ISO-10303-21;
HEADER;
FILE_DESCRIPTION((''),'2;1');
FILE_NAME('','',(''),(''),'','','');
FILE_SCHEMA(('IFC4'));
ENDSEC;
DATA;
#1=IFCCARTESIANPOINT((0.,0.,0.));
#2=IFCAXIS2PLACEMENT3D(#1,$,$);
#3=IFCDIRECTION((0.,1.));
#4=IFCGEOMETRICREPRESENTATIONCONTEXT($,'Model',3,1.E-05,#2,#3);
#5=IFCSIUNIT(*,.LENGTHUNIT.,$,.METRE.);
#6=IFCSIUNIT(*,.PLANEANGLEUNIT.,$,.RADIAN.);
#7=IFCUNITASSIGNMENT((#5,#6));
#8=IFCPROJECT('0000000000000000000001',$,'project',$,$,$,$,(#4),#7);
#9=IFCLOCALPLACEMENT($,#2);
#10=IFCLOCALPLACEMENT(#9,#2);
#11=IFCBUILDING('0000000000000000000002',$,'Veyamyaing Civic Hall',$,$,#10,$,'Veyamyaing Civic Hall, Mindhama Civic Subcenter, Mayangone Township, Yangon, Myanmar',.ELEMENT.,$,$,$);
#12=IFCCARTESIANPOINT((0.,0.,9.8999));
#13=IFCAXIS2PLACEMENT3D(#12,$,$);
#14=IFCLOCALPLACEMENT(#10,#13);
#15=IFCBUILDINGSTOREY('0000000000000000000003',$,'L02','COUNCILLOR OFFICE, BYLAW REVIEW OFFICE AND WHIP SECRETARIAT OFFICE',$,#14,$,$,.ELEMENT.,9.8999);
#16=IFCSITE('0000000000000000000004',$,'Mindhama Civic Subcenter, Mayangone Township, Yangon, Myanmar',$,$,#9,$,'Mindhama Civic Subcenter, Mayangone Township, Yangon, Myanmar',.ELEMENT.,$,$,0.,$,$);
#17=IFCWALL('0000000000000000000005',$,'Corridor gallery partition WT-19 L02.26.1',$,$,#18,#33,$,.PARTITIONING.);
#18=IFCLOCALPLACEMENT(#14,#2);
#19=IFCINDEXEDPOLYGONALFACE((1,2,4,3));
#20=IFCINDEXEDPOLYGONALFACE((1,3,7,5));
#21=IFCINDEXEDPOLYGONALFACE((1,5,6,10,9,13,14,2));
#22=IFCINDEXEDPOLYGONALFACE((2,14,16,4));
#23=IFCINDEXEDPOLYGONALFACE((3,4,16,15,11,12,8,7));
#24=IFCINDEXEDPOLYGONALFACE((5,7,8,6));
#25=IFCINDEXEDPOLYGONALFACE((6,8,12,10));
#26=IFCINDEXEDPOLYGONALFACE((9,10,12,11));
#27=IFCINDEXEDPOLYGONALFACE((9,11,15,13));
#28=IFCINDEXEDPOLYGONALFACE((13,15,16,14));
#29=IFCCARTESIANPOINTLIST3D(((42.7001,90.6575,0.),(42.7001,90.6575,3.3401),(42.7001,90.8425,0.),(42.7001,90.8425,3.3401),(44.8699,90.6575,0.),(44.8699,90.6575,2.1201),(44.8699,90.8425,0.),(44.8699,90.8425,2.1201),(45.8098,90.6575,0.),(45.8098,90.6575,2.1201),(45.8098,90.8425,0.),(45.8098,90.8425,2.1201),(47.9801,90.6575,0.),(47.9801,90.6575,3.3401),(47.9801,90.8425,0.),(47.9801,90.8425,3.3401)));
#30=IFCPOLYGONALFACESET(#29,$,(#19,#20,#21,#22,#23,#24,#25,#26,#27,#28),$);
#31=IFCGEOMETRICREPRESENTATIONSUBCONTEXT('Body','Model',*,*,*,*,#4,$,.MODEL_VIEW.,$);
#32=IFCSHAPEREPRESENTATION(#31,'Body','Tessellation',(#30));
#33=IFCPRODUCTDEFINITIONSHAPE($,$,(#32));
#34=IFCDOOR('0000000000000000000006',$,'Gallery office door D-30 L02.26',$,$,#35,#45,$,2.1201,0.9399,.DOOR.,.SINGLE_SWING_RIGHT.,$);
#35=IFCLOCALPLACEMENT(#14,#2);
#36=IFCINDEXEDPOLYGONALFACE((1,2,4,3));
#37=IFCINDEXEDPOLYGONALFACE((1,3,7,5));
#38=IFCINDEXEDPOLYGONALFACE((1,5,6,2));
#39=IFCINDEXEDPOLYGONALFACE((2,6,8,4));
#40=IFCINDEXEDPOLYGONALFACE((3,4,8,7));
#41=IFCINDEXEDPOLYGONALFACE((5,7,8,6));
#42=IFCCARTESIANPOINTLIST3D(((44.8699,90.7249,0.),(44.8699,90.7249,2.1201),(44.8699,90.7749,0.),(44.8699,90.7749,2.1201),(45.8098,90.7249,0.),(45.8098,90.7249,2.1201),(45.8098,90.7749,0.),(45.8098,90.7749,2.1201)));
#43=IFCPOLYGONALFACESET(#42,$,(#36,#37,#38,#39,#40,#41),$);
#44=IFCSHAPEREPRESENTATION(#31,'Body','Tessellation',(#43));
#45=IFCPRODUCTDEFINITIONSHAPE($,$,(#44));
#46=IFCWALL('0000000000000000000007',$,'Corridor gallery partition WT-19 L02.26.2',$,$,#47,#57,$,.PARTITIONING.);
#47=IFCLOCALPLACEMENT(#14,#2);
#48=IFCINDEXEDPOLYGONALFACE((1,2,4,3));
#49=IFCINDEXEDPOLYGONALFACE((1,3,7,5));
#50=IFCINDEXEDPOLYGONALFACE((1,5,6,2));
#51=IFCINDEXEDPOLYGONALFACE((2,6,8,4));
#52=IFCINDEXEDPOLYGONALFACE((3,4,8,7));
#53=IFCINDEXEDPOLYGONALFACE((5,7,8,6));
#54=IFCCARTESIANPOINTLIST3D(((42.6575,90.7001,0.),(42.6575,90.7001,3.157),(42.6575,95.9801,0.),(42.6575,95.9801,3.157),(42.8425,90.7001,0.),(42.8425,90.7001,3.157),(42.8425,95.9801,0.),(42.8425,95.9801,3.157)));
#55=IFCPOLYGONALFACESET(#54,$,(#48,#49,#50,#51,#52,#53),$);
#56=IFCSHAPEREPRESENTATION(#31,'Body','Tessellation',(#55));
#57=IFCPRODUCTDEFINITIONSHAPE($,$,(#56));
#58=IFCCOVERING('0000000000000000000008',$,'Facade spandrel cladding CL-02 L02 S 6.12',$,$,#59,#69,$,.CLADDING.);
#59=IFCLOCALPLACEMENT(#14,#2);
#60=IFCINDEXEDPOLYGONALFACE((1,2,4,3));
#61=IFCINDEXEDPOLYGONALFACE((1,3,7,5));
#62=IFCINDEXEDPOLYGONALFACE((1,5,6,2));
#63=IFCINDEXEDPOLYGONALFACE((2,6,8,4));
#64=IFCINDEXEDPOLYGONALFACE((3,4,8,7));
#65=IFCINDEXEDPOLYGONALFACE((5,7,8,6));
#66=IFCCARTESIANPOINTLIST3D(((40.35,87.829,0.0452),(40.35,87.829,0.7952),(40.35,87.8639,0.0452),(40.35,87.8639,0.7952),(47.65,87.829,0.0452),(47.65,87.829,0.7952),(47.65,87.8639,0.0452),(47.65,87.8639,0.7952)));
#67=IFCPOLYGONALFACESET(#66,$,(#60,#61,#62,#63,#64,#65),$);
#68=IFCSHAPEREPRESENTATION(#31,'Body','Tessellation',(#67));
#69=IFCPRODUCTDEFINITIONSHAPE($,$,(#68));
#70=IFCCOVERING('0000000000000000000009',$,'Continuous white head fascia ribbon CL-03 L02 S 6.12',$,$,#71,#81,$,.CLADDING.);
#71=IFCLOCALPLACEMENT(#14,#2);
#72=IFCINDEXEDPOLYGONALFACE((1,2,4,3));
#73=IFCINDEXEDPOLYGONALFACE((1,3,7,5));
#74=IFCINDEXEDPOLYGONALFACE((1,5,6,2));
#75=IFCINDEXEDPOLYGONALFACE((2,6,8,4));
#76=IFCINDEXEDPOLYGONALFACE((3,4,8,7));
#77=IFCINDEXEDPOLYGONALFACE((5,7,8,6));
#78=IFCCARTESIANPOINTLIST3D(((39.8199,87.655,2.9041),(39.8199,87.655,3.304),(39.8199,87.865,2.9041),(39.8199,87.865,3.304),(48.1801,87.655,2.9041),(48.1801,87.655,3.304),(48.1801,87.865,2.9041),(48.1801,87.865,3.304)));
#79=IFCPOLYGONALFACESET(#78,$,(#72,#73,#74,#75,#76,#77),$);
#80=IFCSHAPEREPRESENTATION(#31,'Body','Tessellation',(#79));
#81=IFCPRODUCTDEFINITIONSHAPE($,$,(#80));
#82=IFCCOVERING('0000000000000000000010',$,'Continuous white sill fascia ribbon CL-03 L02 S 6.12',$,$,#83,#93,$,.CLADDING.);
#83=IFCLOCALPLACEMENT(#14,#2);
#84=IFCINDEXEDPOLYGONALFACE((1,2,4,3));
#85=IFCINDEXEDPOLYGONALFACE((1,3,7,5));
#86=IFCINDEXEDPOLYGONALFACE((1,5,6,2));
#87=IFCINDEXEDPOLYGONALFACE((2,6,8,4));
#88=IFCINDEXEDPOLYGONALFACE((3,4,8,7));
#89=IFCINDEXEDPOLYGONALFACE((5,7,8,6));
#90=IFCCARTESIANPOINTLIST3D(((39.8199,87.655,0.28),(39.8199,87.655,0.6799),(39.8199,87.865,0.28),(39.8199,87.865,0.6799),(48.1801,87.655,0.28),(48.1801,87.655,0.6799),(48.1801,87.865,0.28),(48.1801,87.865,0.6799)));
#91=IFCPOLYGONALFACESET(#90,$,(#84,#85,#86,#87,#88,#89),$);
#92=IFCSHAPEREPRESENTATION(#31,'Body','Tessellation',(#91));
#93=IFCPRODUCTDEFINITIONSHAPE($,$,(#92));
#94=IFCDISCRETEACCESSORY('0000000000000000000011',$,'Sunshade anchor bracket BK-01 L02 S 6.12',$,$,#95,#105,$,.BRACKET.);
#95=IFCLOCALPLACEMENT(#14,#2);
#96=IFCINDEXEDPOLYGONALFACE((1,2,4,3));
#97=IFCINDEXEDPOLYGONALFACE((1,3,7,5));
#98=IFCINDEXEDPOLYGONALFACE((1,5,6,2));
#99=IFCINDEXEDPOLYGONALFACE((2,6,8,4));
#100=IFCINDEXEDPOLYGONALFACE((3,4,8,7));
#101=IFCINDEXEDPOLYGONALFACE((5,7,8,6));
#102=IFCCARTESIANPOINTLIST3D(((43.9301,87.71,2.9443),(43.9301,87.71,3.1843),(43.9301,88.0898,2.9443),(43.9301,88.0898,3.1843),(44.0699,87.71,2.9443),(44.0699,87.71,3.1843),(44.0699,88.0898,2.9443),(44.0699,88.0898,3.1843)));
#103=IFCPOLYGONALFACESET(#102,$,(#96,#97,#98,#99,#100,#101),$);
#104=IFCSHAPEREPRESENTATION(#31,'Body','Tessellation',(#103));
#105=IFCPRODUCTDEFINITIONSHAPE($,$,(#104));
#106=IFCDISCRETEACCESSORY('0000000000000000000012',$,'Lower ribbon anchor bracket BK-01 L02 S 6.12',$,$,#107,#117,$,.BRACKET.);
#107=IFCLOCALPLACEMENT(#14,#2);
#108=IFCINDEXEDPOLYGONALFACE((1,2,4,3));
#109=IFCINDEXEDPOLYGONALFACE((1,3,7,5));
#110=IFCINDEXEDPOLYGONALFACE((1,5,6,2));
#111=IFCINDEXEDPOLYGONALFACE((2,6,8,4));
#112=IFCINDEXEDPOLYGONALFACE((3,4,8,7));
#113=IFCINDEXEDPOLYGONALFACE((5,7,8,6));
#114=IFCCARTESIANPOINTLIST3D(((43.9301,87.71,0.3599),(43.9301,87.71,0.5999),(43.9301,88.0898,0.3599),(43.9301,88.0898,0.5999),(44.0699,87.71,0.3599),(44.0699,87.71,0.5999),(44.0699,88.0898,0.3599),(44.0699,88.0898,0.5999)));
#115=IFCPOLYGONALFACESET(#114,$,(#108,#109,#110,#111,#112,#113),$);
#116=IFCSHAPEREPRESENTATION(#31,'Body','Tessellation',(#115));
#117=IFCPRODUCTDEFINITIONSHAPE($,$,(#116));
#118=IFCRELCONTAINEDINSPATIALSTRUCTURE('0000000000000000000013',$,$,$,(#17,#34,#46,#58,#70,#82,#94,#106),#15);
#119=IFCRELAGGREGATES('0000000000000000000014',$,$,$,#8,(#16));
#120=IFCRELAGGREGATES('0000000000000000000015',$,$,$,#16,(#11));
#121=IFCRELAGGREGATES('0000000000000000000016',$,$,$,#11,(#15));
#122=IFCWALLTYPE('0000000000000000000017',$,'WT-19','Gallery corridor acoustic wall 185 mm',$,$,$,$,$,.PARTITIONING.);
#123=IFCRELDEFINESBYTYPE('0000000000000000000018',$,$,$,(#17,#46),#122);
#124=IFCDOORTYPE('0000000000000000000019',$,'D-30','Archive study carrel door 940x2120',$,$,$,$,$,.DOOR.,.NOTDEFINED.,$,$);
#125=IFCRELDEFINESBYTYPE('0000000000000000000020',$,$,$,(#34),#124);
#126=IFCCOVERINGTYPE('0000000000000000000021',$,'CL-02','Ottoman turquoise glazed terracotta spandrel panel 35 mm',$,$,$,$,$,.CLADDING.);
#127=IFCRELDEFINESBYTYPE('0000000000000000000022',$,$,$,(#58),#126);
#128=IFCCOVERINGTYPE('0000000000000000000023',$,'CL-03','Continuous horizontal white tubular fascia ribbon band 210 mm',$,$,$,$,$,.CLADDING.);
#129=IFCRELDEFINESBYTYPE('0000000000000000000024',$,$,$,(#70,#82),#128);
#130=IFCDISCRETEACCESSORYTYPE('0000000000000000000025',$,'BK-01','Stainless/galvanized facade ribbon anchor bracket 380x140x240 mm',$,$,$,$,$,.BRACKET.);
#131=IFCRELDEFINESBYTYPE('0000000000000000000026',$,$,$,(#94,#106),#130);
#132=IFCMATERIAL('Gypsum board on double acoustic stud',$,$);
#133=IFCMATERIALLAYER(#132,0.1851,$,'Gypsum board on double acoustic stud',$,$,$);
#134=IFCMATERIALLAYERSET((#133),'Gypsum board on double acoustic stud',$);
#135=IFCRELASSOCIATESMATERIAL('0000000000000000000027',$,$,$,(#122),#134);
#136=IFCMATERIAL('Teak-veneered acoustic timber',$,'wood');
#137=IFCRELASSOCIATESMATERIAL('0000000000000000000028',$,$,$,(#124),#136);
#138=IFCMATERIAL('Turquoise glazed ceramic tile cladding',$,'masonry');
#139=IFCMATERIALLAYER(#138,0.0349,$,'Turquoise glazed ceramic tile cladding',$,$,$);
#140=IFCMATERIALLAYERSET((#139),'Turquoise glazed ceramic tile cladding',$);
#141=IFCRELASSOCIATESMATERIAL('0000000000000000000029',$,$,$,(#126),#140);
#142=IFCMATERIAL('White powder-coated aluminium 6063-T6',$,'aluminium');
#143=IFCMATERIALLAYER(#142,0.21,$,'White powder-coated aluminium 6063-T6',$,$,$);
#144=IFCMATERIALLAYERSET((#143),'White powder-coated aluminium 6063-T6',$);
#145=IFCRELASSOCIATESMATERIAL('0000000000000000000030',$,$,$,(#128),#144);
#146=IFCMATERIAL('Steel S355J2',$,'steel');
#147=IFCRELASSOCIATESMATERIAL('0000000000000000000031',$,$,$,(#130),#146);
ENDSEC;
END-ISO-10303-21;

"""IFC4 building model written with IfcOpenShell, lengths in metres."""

from ifc_helpers import new_model, si_unit, direction, frame, frame_2d, origin, origin_2d, place, context, subcontext, project, spatial, rectangle, extrude, material, layer, layer_set, type_object, element, fill, save


model = new_model("IFC4")

# Units and contexts
model_context = context("Model", 3, precision=1e-05, world=origin(), true_north=direction((0.0, 1.0)))
body_context = subcontext(model_context, "Body", "Model", "MODEL_VIEW")
ifc_project = project(units=[si_unit("LENGTHUNIT", "METRE"), si_unit("PLANEANGLEUNIT", "RADIAN")], contexts=[model_context])

# Site, building, storey
site_placement = place(None, origin())
site = spatial("IfcSite", under=ifc_project, at=site_placement, Name="Mindhama Civic Subcenter, Mayangone Township, Yangon, Myanmar", LongName="Mindhama Civic Subcenter, Mayangone Township, Yangon, Myanmar", CompositionType="ELEMENT", RefElevation=0.0)
building_placement = place(site_placement, origin())
building = spatial("IfcBuilding", under=site, at=building_placement, Name="Veyamyaing Civic Hall", LongName="Veyamyaing Civic Hall, Mindhama Civic Subcenter, Mayangone Township, Yangon, Myanmar", CompositionType="ELEMENT")
storey_placement = place(building_placement, frame((0.0, 0.0, 9.8999)))
storey = spatial("IfcBuildingStorey", under=building, at=storey_placement, Name="L02", Description="COUNCILLOR OFFICE, BYLAW REVIEW OFFICE AND WHIP SECRETARIAT OFFICE", CompositionType="ELEMENT", Elevation=9.8999)

# Shared definitions
ifc_material_1 = material(Name="Teak-veneered acoustic timber", Category="wood")

# Wall, opening, door
ifc_material_2 = material(Name="Gypsum board on double acoustic stud")
ifc_layer_1 = layer(ifc_material_2, 0.1851, Name="Gypsum board on double acoustic stud")
ifc_layer_set_1 = layer_set([ifc_layer_1], Name="Gypsum board on double acoustic stud")
wall_type_1 = type_object("IfcWallType", Name="WT-19", Description="Gallery corridor acoustic wall 185 mm", PredefinedType="PARTITIONING", material=ifc_layer_set_1)
wall_1_placement = place(storey_placement, frame((42.7, 90.75, 0.0), z_axis=(0.0, 0.0, 1.0), x_axis=(1.0, 0.0, 0.0)))
wall_1 = element("IfcWall", 1, at=wall_1_placement, inside=storey, type_object=wall_type_1, Name="Corridor gallery partition WT-19 L02.26.1", PredefinedType="PARTITIONING", context=body_context, shape_type="SweptSolid", body=[
    extrude(rectangle(XDim=5.28, YDim=0.1851, at=frame_2d((2.6401, 0.0))), origin(), (0.0, 0.0, 1.0), 3.3401),
])
opening_1_placement = place(wall_1_placement, frame((2.1699, 0.0, 0.0)))
opening_1 = element("IfcOpeningElement", 2, at=opening_1_placement, cuts=wall_1, PredefinedType="OPENING", context=body_context, shape_type="SweptSolid", body=[
    extrude(rectangle(XDim=0.9399, YDim=2.1201, at=frame_2d((0.47, 1.0601))), frame((0.0, 0.1025, 0.0), z_axis=(0.0, -1.0, 0.0), x_axis=(1.0, 0.0, 0.0)), (0.0, 0.0, 1.0), 0.2051),
])
door_type_1 = type_object("IfcDoorType", Name="D-30", Description="Archive study carrel door 940x2120", OperationType="NOTDEFINED", PredefinedType="DOOR", material=ifc_material_1)
door_1_placement = place(opening_1_placement, origin())
door_1 = element("IfcDoor", 3, at=door_1_placement, inside=storey, type_object=door_type_1, Name="Gallery office door D-30 L02.26", OperationType="SINGLE_SWING_RIGHT", OverallHeight=2.1201, OverallWidth=0.9399, PredefinedType="DOOR", context=body_context, shape_type="SweptSolid", body=[
    extrude(rectangle(XDim=0.9399, YDim=2.1201, at=frame_2d((0.47, 1.0601))), frame((0.0, 0.0249, 0.0), z_axis=(0.0, -1.0, 0.0), x_axis=(1.0, 0.0, 0.0)), (0.0, 0.0, 1.0), 0.05),
])
fill(opening_1, door_1)

# Wall
wall_2_placement = place(storey_placement, frame((42.75, 90.7, 0.0), z_axis=(0.0, 0.0, 1.0), x_axis=(0.0, 1.0, 0.0)))
element("IfcWall", 4, at=wall_2_placement, inside=storey, type_object=wall_type_1, Name="Corridor gallery partition WT-19 L02.26.2", PredefinedType="PARTITIONING", context=body_context, shape_type="SweptSolid", body=[
    extrude(rectangle(XDim=5.28, YDim=0.1851, at=frame_2d((2.6401, 0.0))), origin(), (0.0, 0.0, 1.0), 3.157),
])

# Coverings
ifc_material_3 = material(Name="Turquoise glazed ceramic tile cladding", Category="masonry")
ifc_layer_2 = layer(ifc_material_3, 0.0349, Name="Turquoise glazed ceramic tile cladding")
ifc_layer_set_2 = layer_set([ifc_layer_2], Name="Turquoise glazed ceramic tile cladding")
covering_type_1 = type_object("IfcCoveringType", Name="CL-02", Description="Ottoman turquoise glazed terracotta spandrel panel 35 mm", PredefinedType="CLADDING", material=ifc_layer_set_2)
covering_placement = place(storey_placement, frame((44.0, 87.8464, 0.0452), z_axis=(0.0, 0.0, 1.0), x_axis=(1.0, 0.0, 0.0)))
element("IfcCovering", 5, at=covering_placement, inside=storey, type_object=covering_type_1, Name="Facade spandrel cladding CL-02 L02 S 6.12", PredefinedType="CLADDING", context=body_context, shape_type="SweptSolid", body=[
    extrude(rectangle(XDim=7.3, YDim=0.0349, at=origin_2d()), origin(), (0.0, 0.0, 1.0), 0.75),
])
ifc_material_4 = material(Name="White powder-coated aluminium 6063-T6", Category="aluminium")
ifc_layer_3 = layer(ifc_material_4, 0.21, Name="White powder-coated aluminium 6063-T6")
ifc_layer_set_3 = layer_set([ifc_layer_3], Name="White powder-coated aluminium 6063-T6")
covering_type_2 = type_object("IfcCoveringType", Name="CL-03", Description="Continuous horizontal white tubular fascia ribbon band 210 mm", PredefinedType="CLADDING", material=ifc_layer_set_3)
for number, where, z_axis, x_axis, name in (
    (6, (44.0, 87.76, 2.9041), (0.0, 0.0, 1.0), (1.0, 0.0, 0.0), "Continuous white head fascia ribbon CL-03 L02 S 6.12"),
    (7, (44.0, 87.76, 0.28), (0.0, 0.0, 1.0), (1.0, 0.0, 0.0), "Continuous white sill fascia ribbon CL-03 L02 S 6.12"),
):
    element("IfcCovering", number, at=place(storey_placement, frame(where, z_axis=z_axis, x_axis=x_axis)), inside=storey, type_object=covering_type_2, Name=name, PredefinedType="CLADDING", context=body_context, shape_type="SweptSolid", body=[
        extrude(rectangle(XDim=8.3601, YDim=0.21, at=origin_2d()), origin(), (0.0, 0.0, 1.0), 0.3999),
    ])

# Discrete accessories
ifc_material_5 = material(Name="Steel S355J2", Category="steel")
discrete_accessory_type = type_object("IfcDiscreteAccessoryType", Name="BK-01", Description="Stainless/galvanized facade ribbon anchor bracket 380x140x240 mm", PredefinedType="BRACKET", material=ifc_material_5)
for number, where, z_axis, x_axis, name in (
    (8, (44.0, 87.8999, 2.9443), (0.0, 0.0, 1.0), (0.0, -1.0, 0.0), "Sunshade anchor bracket BK-01 L02 S 6.12"),
    (9, (44.0, 87.8999, 0.3599), (0.0, 0.0, 1.0), (0.0, -1.0, 0.0), "Lower ribbon anchor bracket BK-01 L02 S 6.12"),
):
    element("IfcDiscreteAccessory", number, at=place(storey_placement, frame(where, z_axis=z_axis, x_axis=x_axis)), inside=storey, type_object=discrete_accessory_type, Name=name, PredefinedType="BRACKET", context=body_context, shape_type="SweptSolid", body=[
        extrude(rectangle(XDim=0.3799, YDim=0.1399, at=origin_2d()), origin(), (0.0, 0.0, 1.0), 0.24),
    ])

save(model, "model.ifc")
